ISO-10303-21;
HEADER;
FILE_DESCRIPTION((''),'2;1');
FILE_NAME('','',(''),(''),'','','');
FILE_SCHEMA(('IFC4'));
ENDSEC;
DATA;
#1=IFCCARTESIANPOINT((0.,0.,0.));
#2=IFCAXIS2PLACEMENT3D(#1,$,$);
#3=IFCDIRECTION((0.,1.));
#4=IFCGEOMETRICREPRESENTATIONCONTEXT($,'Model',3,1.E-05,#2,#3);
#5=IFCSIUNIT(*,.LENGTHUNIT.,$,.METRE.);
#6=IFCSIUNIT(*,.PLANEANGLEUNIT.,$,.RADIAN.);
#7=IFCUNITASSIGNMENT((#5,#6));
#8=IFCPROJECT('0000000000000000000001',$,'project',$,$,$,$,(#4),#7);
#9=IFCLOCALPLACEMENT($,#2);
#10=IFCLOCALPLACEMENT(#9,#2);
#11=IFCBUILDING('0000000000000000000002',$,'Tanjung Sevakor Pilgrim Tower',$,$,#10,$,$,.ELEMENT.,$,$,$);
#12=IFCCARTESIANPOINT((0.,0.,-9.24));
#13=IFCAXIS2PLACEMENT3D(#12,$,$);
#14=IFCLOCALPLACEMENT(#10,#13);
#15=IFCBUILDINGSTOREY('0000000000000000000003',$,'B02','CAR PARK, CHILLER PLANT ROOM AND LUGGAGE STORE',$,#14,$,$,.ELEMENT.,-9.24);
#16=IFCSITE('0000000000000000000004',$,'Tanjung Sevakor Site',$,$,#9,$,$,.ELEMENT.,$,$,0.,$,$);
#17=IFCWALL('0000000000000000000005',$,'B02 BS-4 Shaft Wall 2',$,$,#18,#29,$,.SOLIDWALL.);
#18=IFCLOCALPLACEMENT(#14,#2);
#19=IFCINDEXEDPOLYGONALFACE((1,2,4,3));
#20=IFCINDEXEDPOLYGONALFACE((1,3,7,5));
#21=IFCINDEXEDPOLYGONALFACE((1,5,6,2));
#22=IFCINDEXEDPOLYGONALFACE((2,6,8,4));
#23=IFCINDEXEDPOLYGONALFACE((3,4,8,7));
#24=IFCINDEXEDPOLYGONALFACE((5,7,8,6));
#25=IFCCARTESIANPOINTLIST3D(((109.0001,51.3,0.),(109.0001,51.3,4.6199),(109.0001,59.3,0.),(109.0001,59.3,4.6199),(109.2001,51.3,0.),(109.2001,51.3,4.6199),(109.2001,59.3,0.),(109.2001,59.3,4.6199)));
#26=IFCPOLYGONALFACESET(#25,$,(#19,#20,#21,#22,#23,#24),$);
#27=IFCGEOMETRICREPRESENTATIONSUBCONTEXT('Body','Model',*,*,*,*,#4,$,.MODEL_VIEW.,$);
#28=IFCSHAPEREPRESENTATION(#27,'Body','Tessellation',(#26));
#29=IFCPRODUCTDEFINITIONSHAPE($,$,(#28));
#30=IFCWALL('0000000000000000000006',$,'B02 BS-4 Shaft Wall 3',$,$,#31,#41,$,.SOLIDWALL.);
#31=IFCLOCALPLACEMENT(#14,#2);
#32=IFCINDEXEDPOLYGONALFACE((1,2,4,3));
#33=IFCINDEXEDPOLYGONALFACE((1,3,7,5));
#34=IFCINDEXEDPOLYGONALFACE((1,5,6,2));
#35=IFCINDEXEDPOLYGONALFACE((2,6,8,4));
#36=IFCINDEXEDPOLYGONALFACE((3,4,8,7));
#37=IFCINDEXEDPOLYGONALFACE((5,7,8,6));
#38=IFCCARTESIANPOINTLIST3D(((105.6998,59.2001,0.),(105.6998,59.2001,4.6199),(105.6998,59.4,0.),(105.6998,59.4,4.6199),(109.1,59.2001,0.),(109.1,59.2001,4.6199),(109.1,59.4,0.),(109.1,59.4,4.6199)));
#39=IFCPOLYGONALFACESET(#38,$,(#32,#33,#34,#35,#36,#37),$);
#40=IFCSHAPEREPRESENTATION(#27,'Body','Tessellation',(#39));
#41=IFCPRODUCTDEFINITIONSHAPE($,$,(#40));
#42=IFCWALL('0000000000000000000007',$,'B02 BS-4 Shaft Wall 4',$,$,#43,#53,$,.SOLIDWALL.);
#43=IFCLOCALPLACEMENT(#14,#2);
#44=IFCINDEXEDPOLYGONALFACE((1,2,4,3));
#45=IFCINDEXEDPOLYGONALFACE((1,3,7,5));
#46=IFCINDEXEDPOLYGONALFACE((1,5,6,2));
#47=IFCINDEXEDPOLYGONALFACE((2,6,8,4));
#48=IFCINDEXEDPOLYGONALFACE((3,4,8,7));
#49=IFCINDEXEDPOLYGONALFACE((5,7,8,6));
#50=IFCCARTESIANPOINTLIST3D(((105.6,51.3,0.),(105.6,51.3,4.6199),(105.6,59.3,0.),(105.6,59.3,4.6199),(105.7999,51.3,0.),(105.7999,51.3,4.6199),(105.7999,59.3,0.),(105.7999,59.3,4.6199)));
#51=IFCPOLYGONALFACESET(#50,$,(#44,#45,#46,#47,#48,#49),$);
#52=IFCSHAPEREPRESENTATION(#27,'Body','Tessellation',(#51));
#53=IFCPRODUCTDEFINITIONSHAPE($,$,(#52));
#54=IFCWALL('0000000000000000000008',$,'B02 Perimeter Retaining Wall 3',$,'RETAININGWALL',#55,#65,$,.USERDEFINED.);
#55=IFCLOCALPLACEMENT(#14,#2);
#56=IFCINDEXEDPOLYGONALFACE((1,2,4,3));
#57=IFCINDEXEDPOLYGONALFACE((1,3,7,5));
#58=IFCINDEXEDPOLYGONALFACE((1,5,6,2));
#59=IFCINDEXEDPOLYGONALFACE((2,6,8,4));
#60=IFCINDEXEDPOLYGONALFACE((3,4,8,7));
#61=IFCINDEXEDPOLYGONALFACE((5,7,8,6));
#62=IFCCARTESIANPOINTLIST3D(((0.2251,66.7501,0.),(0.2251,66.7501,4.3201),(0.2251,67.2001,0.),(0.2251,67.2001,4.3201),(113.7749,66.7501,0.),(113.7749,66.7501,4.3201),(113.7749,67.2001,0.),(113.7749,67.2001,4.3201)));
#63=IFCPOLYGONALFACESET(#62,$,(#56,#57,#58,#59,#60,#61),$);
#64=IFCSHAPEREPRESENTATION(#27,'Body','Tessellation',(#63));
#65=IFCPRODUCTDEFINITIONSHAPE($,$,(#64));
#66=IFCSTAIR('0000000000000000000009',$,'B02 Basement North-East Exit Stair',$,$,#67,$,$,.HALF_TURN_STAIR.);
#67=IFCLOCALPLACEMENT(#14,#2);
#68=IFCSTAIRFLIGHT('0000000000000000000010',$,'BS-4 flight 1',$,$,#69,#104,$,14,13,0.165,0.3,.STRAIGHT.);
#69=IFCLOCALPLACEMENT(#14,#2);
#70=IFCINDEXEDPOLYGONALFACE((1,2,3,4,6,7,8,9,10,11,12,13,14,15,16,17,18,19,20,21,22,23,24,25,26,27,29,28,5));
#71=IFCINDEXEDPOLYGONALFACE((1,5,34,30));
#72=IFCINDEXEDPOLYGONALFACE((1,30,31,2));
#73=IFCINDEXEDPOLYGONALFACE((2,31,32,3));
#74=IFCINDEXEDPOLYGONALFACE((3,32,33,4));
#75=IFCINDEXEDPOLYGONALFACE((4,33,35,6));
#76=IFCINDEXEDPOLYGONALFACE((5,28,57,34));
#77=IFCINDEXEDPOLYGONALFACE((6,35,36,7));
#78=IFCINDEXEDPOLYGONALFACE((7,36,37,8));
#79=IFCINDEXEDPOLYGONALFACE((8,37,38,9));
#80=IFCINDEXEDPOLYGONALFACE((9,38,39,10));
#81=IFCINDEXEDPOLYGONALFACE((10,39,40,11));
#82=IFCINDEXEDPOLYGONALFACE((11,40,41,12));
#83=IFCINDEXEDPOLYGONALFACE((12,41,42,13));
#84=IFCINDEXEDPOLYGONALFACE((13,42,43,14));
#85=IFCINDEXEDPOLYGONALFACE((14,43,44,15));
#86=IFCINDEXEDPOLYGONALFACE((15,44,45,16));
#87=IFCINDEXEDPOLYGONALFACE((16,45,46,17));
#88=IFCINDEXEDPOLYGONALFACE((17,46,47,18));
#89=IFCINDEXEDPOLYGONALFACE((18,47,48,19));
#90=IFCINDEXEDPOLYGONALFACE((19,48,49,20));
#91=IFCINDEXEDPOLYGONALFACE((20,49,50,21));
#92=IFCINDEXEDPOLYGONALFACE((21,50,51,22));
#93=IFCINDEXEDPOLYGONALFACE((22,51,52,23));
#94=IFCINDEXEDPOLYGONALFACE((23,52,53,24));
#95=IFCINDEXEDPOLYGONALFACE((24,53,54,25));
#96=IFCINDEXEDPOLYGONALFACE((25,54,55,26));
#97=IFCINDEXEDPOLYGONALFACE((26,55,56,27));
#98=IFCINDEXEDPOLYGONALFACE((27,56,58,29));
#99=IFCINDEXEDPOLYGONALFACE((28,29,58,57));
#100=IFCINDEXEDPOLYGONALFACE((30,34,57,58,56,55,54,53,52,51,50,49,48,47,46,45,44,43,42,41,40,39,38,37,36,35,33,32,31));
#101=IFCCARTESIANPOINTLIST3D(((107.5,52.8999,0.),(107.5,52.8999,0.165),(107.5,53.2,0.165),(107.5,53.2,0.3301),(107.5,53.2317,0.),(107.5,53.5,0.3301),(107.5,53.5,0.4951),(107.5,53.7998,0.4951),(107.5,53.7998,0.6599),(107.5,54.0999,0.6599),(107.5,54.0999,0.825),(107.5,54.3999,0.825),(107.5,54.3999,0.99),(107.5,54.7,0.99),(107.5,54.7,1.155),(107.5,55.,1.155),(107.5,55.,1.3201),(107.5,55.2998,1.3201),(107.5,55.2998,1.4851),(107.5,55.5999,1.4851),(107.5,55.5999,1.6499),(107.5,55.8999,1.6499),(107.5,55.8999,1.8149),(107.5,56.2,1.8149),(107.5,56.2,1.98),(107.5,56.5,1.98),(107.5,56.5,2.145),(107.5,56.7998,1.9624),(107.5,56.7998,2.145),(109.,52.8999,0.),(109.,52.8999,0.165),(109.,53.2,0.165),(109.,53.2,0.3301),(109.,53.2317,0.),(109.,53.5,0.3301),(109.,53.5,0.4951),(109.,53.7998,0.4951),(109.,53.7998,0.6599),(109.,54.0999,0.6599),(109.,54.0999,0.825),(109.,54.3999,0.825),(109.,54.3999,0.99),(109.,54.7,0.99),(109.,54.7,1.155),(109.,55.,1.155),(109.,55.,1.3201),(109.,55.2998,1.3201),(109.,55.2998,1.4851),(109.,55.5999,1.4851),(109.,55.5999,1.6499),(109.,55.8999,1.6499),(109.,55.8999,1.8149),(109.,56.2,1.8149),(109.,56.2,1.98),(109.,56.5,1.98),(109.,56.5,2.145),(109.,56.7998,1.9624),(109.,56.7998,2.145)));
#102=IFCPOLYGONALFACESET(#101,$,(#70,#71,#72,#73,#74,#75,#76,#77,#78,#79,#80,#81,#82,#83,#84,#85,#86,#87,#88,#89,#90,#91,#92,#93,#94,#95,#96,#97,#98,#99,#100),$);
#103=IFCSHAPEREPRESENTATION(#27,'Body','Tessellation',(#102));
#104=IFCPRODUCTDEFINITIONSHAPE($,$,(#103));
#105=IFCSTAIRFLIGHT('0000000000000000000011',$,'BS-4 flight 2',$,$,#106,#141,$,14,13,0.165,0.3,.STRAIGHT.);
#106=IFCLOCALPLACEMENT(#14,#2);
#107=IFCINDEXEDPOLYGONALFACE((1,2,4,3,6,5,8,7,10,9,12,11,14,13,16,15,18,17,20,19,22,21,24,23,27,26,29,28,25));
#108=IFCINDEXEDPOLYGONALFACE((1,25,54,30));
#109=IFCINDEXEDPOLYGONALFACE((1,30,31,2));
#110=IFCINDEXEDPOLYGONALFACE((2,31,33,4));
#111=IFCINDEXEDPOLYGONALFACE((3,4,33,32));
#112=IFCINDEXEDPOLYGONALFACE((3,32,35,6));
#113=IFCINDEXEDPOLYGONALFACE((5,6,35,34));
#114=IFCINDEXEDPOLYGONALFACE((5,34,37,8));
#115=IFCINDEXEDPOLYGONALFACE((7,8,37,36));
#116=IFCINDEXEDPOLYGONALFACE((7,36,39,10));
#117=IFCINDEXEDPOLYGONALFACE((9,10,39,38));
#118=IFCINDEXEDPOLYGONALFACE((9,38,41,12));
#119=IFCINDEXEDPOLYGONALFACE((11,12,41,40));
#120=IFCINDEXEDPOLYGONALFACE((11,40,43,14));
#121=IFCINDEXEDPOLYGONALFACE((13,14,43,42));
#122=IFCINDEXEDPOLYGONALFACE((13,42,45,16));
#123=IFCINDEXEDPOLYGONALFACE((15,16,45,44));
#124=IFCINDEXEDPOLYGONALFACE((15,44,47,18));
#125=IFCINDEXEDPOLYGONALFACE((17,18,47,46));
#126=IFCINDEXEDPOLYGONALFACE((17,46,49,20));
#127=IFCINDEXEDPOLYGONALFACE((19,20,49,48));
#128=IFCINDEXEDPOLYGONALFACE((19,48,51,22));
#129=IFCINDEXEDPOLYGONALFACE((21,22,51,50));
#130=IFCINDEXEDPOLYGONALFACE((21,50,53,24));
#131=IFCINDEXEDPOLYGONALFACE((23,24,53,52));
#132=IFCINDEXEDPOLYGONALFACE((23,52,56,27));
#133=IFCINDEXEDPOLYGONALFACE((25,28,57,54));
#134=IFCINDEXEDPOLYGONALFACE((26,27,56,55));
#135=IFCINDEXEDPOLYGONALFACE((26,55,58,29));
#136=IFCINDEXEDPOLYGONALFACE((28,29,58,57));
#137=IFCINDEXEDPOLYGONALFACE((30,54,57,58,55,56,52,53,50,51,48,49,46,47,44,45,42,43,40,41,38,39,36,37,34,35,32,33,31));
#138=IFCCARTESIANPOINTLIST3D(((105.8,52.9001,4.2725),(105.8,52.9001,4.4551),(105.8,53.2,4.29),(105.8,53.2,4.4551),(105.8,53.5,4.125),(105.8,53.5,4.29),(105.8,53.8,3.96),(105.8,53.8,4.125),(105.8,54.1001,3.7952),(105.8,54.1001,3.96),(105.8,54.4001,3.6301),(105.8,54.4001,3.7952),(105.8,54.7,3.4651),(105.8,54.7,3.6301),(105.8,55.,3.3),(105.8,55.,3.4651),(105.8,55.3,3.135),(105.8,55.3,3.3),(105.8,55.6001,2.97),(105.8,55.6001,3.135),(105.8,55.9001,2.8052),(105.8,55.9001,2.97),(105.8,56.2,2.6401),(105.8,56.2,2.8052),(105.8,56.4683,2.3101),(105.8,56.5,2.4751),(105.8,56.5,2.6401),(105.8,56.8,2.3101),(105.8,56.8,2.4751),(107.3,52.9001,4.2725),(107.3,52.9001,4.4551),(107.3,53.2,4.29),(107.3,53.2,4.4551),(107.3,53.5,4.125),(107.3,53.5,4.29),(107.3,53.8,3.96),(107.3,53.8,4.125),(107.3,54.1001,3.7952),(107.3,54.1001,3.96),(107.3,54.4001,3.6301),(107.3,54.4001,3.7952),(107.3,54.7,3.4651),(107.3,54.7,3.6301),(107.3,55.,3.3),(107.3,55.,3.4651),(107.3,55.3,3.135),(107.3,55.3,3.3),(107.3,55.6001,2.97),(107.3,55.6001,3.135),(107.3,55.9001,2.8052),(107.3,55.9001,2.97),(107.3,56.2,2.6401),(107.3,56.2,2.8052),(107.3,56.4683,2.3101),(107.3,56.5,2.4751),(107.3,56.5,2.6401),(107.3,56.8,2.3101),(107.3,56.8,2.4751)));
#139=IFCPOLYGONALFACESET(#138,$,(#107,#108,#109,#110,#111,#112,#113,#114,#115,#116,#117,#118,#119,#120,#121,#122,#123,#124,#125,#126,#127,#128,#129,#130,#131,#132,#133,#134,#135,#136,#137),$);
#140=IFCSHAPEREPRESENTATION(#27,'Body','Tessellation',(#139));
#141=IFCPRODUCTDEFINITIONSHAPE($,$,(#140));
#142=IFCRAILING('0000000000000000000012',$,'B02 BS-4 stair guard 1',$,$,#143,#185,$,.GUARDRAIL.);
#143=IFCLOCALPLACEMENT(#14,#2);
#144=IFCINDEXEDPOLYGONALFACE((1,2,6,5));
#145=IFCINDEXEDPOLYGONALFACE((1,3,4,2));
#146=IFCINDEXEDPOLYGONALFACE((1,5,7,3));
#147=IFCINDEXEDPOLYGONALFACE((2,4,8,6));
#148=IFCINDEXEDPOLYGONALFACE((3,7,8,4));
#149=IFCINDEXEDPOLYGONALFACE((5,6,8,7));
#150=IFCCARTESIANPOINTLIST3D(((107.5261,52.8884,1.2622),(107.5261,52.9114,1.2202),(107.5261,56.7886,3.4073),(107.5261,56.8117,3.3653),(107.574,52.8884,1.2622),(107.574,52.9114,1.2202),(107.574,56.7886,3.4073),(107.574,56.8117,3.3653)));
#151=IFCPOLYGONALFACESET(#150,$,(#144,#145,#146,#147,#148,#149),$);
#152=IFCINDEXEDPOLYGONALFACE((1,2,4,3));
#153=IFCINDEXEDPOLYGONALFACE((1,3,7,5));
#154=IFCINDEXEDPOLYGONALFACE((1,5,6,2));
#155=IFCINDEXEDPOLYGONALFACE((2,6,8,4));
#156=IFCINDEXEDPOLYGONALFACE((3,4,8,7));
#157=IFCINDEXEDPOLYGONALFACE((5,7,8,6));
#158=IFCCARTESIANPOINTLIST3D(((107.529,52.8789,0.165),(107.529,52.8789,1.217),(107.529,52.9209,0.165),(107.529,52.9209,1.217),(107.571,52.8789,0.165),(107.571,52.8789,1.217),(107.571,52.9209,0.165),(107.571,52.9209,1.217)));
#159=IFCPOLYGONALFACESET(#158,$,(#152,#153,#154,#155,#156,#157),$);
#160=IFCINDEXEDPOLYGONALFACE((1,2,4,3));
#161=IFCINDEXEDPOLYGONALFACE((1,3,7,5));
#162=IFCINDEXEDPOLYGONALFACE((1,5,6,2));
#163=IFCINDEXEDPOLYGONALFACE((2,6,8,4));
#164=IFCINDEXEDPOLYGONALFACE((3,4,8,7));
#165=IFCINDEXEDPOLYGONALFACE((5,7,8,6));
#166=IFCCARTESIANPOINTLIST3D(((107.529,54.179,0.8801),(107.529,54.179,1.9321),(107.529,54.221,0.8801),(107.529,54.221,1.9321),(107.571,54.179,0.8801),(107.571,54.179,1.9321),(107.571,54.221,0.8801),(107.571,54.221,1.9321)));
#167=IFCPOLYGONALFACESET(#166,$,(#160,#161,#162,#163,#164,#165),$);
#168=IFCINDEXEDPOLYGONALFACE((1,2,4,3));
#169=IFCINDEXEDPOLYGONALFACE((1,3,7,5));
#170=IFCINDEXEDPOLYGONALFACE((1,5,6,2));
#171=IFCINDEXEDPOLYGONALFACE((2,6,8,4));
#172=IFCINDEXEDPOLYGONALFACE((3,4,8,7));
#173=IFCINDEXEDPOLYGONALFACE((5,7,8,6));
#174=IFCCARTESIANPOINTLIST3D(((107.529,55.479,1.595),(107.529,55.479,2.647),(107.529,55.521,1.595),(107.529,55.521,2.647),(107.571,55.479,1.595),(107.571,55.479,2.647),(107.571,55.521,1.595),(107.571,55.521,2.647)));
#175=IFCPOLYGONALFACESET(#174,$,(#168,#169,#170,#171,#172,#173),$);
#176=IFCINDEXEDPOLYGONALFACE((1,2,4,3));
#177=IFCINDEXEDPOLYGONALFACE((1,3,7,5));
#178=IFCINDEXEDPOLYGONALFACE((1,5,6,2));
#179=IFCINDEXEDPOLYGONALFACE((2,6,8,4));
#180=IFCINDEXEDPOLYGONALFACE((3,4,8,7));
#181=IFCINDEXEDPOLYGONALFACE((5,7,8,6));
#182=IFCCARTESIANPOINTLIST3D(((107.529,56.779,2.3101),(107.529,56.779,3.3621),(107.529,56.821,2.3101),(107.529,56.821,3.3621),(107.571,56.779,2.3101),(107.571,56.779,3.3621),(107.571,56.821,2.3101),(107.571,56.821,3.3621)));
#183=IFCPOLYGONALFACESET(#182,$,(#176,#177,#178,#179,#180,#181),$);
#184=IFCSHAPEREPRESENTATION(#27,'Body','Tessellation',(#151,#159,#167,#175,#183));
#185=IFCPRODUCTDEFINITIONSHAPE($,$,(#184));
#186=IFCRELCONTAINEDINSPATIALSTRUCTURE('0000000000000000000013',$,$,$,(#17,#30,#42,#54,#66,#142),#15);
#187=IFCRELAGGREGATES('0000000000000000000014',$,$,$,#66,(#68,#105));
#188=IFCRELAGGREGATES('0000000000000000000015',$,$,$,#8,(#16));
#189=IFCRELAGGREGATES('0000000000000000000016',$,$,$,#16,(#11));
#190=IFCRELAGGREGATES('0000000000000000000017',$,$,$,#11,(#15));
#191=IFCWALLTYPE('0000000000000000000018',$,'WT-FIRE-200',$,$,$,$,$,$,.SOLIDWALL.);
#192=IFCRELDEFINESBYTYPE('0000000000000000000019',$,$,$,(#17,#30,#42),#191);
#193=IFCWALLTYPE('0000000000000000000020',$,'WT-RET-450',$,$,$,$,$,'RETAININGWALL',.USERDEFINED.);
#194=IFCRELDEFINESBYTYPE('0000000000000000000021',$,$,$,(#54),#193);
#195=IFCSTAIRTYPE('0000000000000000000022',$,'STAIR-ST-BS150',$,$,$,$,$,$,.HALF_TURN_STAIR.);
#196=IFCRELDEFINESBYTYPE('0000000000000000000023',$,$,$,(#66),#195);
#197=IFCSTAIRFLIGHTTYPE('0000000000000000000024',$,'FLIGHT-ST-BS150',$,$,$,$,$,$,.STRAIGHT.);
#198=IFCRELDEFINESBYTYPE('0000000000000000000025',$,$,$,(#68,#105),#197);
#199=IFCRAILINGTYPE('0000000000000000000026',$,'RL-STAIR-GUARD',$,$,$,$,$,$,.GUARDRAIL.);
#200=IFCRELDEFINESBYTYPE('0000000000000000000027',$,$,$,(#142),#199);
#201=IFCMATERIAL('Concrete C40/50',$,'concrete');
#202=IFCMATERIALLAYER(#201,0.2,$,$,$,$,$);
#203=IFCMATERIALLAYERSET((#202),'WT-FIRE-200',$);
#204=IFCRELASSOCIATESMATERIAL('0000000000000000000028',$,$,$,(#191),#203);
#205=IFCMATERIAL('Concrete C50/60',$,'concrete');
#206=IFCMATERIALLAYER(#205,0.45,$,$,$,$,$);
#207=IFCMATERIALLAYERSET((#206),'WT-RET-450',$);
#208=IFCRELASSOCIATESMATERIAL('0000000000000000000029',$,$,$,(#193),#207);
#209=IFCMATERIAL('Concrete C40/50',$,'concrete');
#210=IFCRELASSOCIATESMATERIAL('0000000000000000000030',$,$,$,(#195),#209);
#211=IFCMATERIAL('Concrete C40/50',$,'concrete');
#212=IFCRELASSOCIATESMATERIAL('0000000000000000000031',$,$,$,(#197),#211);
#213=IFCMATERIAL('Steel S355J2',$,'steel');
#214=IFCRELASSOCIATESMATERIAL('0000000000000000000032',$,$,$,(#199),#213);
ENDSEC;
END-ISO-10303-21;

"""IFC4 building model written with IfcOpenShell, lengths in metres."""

from ifc_helpers import new_model, si_unit, direction, frame, frame_2d, origin, place, context, subcontext, project, spatial, polyline, rectangle, outline, extrude, material, layer, layer_set, type_object, element, aggregate, save


model = new_model("IFC4")

# Units and contexts
model_context = context("Model", 3, precision=1e-05, world=origin(), true_north=direction((0.0, 1.0)))
body_context = subcontext(model_context, "Body", "Model", "MODEL_VIEW")
ifc_project = project(units=[si_unit("LENGTHUNIT", "METRE"), si_unit("PLANEANGLEUNIT", "RADIAN")], contexts=[model_context])

# Site, building, storey
site_placement = place(None, origin())
site = spatial("IfcSite", under=ifc_project, at=site_placement, Name="Tanjung Sevakor Site", CompositionType="ELEMENT", RefElevation=0.0)
building_placement = place(site_placement, origin())
building = spatial("IfcBuilding", under=site, at=building_placement, Name="Tanjung Sevakor Pilgrim Tower", CompositionType="ELEMENT")
storey_placement = place(building_placement, frame((0.0, 0.0, -9.24)))
storey = spatial("IfcBuildingStorey", under=building, at=storey_placement, Name="B02", Description="CAR PARK, CHILLER PLANT ROOM AND LUGGAGE STORE", CompositionType="ELEMENT", Elevation=-9.24)

# Shared definitions
ifc_material_1 = material(Name="Concrete C40/50", Category="concrete")
ifc_layer_1 = layer(ifc_material_1, 0.2)
ifc_layer_set_1 = layer_set([ifc_layer_1], Name="WT-FIRE-200")
wall_type_1 = type_object("IfcWallType", Name="WT-FIRE-200", PredefinedType="SOLIDWALL", material=ifc_layer_set_1)

# Walls
wall_1_placement = place(storey_placement, frame((109.1001, 51.3, 0.0), z_axis=(0.0, 0.0, 1.0), x_axis=(0.0, 1.0, 0.0)))
element("IfcWall", 1, at=wall_1_placement, inside=storey, type_object=wall_type_1, Name="B02 BS-4 Shaft Wall 2", PredefinedType="SOLIDWALL", context=body_context, shape_type="SweptSolid", body=[
    extrude(rectangle(XDim=8.0, YDim=0.2, at=frame_2d((4.0, 0.0))), origin(), (0.0, 0.0, 1.0), 4.6199),
])
wall_2_placement = place(storey_placement, frame((109.1001, 59.3, 0.0), z_axis=(0.0, 0.0, 1.0), x_axis=(-1.0, 0.0, 0.0)))
element("IfcWall", 2, at=wall_2_placement, inside=storey, type_object=wall_type_1, Name="B02 BS-4 Shaft Wall 3", PredefinedType="SOLIDWALL", context=body_context, shape_type="SweptSolid", body=[
    extrude(rectangle(XDim=3.4001, YDim=0.2, at=frame_2d((1.7002, 0.0))), origin(), (0.0, 0.0, 1.0), 4.6199),
])
wall_3_placement = place(storey_placement, frame((105.7, 59.3, 0.0), z_axis=(0.0, 0.0, 1.0), x_axis=(0.0, -1.0, 0.0)))
element("IfcWall", 3, at=wall_3_placement, inside=storey, type_object=wall_type_1, Name="B02 BS-4 Shaft Wall 4", PredefinedType="SOLIDWALL", context=body_context, shape_type="SweptSolid", body=[
    extrude(rectangle(XDim=8.0, YDim=0.2, at=frame_2d((4.0, 0.0))), origin(), (0.0, 0.0, 1.0), 4.6199),
])
ifc_material_2 = material(Name="Concrete C50/60", Category="concrete")
ifc_layer_2 = layer(ifc_material_2, 0.45)
ifc_layer_set_2 = layer_set([ifc_layer_2], Name="WT-RET-450")
wall_type_2 = type_object("IfcWallType", Name="WT-RET-450", ElementType="RETAININGWALL", PredefinedType="USERDEFINED", material=ifc_layer_set_2)
wall_4_placement = place(storey_placement, frame((113.7749, 66.9751, 0.0), z_axis=(0.0, 0.0, 1.0), x_axis=(-1.0, 0.0, 0.0)))
element("IfcWall", 4, at=wall_4_placement, inside=storey, type_object=wall_type_2, Name="B02 Perimeter Retaining Wall 3", ObjectType="RETAININGWALL", PredefinedType="USERDEFINED", context=body_context, shape_type="SweptSolid", body=[
    extrude(rectangle(XDim=113.5498, YDim=0.45, at=frame_2d((56.7749, 0.0))), origin(), (0.0, 0.0, 1.0), 4.3201),
])

# Stair, stair flights
ifc_material_3 = material(Name="Concrete C40/50", Category="concrete")
stair_type = type_object("IfcStairType", Name="STAIR-ST-BS150", PredefinedType="HALF_TURN_STAIR", material=ifc_material_3)
stair_placement = place(storey_placement, origin())
stair = element("IfcStair", 5, at=stair_placement, inside=storey, type_object=stair_type, Name="B02 Basement North-East Exit Stair", PredefinedType="HALF_TURN_STAIR")
ifc_material_4 = material(Name="Concrete C40/50", Category="concrete")
stair_flight_type = type_object("IfcStairFlightType", Name="FLIGHT-ST-BS150", PredefinedType="STRAIGHT", material=ifc_material_4)
stair_flight_1_placement = place(storey_placement, frame((108.25, 52.8999, 0.0), z_axis=(0.0, 0.0, 1.0), x_axis=(0.0, 1.0, 0.0)))
stair_flight_1 = element("IfcStairFlight", 6, at=stair_flight_1_placement, type_object=stair_flight_type, Name="BS-4 flight 1", NumberOfRisers=14, NumberOfTreads=13, PredefinedType="STRAIGHT", RiserHeight=0.165, TreadLength=0.3, context=body_context, shape_type="SweptSolid", body=[
    extrude(outline(polyline([(0.0, 0.0), (0.0, 0.165), (0.3, 0.165), (0.3, 0.3301), (0.6001, 0.3301), (0.6001, 0.4951), (0.8999, 0.4951), (0.8999, 0.6599), (1.2, 0.6599), (1.2, 0.825), (1.5, 0.825), (1.5, 0.99), (1.8, 0.99), (1.8, 1.155), (2.1001, 1.155), (2.1001, 1.3201), (2.3999, 1.3201), (2.3999, 1.4851), (2.7, 1.4851), (2.7, 1.6499), (3.0, 1.6499), (3.0, 1.8149), (3.3, 1.8149), (3.3, 1.98), (3.6001, 1.98), (3.6001, 2.145), (3.8999, 2.145), (3.8999, 2.3101), (3.8999, 1.9624), (0.3318, 0.0), (0.0, 0.0)])), frame((0.0, 0.75, 0.0), z_axis=(0.0, -1.0, 0.0), x_axis=(1.0, 0.0, 0.0)), (0.0, 0.0, 1.0), 1.5),
])
stair_flight_2_placement = place(storey_placement, frame((106.55, 56.8, 2.3101), z_axis=(0.0, 0.0, 1.0), x_axis=(0.0, -1.0, 0.0)))
stair_flight_2 = element("IfcStairFlight", 7, at=stair_flight_2_placement, type_object=stair_flight_type, Name="BS-4 flight 2", NumberOfRisers=14, NumberOfTreads=13, PredefinedType="STRAIGHT", RiserHeight=0.165, TreadLength=0.3, context=body_context, shape_type="SweptSolid", body=[
    extrude(outline(polyline([(0.0, 0.0), (0.0, 0.165), (0.3, 0.165), (0.3, 0.3301), (0.6001, 0.3301), (0.6001, 0.4951), (0.8999, 0.4951), (0.8999, 0.6599), (1.2, 0.6599), (1.2, 0.825), (1.5, 0.825), (1.5, 0.99), (1.8, 0.99), (1.8, 1.155), (2.1001, 1.155), (2.1001, 1.3201), (2.3999, 1.3201), (2.3999, 1.4851), (2.7, 1.4851), (2.7, 1.6499), (3.0, 1.6499), (3.0, 1.8149), (3.3, 1.8149), (3.3, 1.98), (3.6001, 1.98), (3.6001, 2.145), (3.8999, 2.145), (3.8999, 2.3101), (3.8999, 1.9624), (0.3318, 0.0), (0.0, 0.0)])), frame((0.0, 0.75, 0.0), z_axis=(0.0, -1.0, 0.0), x_axis=(1.0, 0.0, 0.0)), (0.0, 0.0, 1.0), 1.5),
])
aggregate(stair, [stair_flight_1, stair_flight_2])

# Railing
ifc_material_5 = material(Name="Steel S355J2", Category="steel")
railing_type_1 = type_object("IfcRailingType", Name="RL-STAIR-GUARD", PredefinedType="GUARDRAIL", material=ifc_material_5)
railing_1_placement = place(storey_placement, frame((107.55, 52.8999, 0.165)))
element("IfcRailing", 8, at=railing_1_placement, inside=storey, type_object=railing_type_1, Name="B02 BS-4 stair guard 1", PredefinedType="GUARDRAIL", context=body_context, shape_type="SweptSolid", body=[
    extrude(rectangle(XDim=0.0479, YDim=0.0479), frame((0.0, 0.0, 1.0762), z_axis=(0.0, 0.876222, 0.481908), x_axis=(-1.0, 0.0, 0.0)), (0.0, 0.0, 1.0), 4.4512),
    extrude(rectangle(XDim=0.042, YDim=0.042), origin(), (0.0, 0.0, 1.0), 1.052),
    extrude(rectangle(XDim=0.042, YDim=0.042), frame((0.0, 1.3, 0.7151)), (0.0, 0.0, 1.0), 1.052),
    extrude(rectangle(XDim=0.042, YDim=0.042), frame((0.0, 2.6001, 1.4299)), (0.0, 0.0, 1.0), 1.052),
    extrude(rectangle(XDim=0.042, YDim=0.042), frame((0.0, 3.9001, 2.145)), (0.0, 0.0, 1.0), 1.052),
])

save(model, "model.ifc")
